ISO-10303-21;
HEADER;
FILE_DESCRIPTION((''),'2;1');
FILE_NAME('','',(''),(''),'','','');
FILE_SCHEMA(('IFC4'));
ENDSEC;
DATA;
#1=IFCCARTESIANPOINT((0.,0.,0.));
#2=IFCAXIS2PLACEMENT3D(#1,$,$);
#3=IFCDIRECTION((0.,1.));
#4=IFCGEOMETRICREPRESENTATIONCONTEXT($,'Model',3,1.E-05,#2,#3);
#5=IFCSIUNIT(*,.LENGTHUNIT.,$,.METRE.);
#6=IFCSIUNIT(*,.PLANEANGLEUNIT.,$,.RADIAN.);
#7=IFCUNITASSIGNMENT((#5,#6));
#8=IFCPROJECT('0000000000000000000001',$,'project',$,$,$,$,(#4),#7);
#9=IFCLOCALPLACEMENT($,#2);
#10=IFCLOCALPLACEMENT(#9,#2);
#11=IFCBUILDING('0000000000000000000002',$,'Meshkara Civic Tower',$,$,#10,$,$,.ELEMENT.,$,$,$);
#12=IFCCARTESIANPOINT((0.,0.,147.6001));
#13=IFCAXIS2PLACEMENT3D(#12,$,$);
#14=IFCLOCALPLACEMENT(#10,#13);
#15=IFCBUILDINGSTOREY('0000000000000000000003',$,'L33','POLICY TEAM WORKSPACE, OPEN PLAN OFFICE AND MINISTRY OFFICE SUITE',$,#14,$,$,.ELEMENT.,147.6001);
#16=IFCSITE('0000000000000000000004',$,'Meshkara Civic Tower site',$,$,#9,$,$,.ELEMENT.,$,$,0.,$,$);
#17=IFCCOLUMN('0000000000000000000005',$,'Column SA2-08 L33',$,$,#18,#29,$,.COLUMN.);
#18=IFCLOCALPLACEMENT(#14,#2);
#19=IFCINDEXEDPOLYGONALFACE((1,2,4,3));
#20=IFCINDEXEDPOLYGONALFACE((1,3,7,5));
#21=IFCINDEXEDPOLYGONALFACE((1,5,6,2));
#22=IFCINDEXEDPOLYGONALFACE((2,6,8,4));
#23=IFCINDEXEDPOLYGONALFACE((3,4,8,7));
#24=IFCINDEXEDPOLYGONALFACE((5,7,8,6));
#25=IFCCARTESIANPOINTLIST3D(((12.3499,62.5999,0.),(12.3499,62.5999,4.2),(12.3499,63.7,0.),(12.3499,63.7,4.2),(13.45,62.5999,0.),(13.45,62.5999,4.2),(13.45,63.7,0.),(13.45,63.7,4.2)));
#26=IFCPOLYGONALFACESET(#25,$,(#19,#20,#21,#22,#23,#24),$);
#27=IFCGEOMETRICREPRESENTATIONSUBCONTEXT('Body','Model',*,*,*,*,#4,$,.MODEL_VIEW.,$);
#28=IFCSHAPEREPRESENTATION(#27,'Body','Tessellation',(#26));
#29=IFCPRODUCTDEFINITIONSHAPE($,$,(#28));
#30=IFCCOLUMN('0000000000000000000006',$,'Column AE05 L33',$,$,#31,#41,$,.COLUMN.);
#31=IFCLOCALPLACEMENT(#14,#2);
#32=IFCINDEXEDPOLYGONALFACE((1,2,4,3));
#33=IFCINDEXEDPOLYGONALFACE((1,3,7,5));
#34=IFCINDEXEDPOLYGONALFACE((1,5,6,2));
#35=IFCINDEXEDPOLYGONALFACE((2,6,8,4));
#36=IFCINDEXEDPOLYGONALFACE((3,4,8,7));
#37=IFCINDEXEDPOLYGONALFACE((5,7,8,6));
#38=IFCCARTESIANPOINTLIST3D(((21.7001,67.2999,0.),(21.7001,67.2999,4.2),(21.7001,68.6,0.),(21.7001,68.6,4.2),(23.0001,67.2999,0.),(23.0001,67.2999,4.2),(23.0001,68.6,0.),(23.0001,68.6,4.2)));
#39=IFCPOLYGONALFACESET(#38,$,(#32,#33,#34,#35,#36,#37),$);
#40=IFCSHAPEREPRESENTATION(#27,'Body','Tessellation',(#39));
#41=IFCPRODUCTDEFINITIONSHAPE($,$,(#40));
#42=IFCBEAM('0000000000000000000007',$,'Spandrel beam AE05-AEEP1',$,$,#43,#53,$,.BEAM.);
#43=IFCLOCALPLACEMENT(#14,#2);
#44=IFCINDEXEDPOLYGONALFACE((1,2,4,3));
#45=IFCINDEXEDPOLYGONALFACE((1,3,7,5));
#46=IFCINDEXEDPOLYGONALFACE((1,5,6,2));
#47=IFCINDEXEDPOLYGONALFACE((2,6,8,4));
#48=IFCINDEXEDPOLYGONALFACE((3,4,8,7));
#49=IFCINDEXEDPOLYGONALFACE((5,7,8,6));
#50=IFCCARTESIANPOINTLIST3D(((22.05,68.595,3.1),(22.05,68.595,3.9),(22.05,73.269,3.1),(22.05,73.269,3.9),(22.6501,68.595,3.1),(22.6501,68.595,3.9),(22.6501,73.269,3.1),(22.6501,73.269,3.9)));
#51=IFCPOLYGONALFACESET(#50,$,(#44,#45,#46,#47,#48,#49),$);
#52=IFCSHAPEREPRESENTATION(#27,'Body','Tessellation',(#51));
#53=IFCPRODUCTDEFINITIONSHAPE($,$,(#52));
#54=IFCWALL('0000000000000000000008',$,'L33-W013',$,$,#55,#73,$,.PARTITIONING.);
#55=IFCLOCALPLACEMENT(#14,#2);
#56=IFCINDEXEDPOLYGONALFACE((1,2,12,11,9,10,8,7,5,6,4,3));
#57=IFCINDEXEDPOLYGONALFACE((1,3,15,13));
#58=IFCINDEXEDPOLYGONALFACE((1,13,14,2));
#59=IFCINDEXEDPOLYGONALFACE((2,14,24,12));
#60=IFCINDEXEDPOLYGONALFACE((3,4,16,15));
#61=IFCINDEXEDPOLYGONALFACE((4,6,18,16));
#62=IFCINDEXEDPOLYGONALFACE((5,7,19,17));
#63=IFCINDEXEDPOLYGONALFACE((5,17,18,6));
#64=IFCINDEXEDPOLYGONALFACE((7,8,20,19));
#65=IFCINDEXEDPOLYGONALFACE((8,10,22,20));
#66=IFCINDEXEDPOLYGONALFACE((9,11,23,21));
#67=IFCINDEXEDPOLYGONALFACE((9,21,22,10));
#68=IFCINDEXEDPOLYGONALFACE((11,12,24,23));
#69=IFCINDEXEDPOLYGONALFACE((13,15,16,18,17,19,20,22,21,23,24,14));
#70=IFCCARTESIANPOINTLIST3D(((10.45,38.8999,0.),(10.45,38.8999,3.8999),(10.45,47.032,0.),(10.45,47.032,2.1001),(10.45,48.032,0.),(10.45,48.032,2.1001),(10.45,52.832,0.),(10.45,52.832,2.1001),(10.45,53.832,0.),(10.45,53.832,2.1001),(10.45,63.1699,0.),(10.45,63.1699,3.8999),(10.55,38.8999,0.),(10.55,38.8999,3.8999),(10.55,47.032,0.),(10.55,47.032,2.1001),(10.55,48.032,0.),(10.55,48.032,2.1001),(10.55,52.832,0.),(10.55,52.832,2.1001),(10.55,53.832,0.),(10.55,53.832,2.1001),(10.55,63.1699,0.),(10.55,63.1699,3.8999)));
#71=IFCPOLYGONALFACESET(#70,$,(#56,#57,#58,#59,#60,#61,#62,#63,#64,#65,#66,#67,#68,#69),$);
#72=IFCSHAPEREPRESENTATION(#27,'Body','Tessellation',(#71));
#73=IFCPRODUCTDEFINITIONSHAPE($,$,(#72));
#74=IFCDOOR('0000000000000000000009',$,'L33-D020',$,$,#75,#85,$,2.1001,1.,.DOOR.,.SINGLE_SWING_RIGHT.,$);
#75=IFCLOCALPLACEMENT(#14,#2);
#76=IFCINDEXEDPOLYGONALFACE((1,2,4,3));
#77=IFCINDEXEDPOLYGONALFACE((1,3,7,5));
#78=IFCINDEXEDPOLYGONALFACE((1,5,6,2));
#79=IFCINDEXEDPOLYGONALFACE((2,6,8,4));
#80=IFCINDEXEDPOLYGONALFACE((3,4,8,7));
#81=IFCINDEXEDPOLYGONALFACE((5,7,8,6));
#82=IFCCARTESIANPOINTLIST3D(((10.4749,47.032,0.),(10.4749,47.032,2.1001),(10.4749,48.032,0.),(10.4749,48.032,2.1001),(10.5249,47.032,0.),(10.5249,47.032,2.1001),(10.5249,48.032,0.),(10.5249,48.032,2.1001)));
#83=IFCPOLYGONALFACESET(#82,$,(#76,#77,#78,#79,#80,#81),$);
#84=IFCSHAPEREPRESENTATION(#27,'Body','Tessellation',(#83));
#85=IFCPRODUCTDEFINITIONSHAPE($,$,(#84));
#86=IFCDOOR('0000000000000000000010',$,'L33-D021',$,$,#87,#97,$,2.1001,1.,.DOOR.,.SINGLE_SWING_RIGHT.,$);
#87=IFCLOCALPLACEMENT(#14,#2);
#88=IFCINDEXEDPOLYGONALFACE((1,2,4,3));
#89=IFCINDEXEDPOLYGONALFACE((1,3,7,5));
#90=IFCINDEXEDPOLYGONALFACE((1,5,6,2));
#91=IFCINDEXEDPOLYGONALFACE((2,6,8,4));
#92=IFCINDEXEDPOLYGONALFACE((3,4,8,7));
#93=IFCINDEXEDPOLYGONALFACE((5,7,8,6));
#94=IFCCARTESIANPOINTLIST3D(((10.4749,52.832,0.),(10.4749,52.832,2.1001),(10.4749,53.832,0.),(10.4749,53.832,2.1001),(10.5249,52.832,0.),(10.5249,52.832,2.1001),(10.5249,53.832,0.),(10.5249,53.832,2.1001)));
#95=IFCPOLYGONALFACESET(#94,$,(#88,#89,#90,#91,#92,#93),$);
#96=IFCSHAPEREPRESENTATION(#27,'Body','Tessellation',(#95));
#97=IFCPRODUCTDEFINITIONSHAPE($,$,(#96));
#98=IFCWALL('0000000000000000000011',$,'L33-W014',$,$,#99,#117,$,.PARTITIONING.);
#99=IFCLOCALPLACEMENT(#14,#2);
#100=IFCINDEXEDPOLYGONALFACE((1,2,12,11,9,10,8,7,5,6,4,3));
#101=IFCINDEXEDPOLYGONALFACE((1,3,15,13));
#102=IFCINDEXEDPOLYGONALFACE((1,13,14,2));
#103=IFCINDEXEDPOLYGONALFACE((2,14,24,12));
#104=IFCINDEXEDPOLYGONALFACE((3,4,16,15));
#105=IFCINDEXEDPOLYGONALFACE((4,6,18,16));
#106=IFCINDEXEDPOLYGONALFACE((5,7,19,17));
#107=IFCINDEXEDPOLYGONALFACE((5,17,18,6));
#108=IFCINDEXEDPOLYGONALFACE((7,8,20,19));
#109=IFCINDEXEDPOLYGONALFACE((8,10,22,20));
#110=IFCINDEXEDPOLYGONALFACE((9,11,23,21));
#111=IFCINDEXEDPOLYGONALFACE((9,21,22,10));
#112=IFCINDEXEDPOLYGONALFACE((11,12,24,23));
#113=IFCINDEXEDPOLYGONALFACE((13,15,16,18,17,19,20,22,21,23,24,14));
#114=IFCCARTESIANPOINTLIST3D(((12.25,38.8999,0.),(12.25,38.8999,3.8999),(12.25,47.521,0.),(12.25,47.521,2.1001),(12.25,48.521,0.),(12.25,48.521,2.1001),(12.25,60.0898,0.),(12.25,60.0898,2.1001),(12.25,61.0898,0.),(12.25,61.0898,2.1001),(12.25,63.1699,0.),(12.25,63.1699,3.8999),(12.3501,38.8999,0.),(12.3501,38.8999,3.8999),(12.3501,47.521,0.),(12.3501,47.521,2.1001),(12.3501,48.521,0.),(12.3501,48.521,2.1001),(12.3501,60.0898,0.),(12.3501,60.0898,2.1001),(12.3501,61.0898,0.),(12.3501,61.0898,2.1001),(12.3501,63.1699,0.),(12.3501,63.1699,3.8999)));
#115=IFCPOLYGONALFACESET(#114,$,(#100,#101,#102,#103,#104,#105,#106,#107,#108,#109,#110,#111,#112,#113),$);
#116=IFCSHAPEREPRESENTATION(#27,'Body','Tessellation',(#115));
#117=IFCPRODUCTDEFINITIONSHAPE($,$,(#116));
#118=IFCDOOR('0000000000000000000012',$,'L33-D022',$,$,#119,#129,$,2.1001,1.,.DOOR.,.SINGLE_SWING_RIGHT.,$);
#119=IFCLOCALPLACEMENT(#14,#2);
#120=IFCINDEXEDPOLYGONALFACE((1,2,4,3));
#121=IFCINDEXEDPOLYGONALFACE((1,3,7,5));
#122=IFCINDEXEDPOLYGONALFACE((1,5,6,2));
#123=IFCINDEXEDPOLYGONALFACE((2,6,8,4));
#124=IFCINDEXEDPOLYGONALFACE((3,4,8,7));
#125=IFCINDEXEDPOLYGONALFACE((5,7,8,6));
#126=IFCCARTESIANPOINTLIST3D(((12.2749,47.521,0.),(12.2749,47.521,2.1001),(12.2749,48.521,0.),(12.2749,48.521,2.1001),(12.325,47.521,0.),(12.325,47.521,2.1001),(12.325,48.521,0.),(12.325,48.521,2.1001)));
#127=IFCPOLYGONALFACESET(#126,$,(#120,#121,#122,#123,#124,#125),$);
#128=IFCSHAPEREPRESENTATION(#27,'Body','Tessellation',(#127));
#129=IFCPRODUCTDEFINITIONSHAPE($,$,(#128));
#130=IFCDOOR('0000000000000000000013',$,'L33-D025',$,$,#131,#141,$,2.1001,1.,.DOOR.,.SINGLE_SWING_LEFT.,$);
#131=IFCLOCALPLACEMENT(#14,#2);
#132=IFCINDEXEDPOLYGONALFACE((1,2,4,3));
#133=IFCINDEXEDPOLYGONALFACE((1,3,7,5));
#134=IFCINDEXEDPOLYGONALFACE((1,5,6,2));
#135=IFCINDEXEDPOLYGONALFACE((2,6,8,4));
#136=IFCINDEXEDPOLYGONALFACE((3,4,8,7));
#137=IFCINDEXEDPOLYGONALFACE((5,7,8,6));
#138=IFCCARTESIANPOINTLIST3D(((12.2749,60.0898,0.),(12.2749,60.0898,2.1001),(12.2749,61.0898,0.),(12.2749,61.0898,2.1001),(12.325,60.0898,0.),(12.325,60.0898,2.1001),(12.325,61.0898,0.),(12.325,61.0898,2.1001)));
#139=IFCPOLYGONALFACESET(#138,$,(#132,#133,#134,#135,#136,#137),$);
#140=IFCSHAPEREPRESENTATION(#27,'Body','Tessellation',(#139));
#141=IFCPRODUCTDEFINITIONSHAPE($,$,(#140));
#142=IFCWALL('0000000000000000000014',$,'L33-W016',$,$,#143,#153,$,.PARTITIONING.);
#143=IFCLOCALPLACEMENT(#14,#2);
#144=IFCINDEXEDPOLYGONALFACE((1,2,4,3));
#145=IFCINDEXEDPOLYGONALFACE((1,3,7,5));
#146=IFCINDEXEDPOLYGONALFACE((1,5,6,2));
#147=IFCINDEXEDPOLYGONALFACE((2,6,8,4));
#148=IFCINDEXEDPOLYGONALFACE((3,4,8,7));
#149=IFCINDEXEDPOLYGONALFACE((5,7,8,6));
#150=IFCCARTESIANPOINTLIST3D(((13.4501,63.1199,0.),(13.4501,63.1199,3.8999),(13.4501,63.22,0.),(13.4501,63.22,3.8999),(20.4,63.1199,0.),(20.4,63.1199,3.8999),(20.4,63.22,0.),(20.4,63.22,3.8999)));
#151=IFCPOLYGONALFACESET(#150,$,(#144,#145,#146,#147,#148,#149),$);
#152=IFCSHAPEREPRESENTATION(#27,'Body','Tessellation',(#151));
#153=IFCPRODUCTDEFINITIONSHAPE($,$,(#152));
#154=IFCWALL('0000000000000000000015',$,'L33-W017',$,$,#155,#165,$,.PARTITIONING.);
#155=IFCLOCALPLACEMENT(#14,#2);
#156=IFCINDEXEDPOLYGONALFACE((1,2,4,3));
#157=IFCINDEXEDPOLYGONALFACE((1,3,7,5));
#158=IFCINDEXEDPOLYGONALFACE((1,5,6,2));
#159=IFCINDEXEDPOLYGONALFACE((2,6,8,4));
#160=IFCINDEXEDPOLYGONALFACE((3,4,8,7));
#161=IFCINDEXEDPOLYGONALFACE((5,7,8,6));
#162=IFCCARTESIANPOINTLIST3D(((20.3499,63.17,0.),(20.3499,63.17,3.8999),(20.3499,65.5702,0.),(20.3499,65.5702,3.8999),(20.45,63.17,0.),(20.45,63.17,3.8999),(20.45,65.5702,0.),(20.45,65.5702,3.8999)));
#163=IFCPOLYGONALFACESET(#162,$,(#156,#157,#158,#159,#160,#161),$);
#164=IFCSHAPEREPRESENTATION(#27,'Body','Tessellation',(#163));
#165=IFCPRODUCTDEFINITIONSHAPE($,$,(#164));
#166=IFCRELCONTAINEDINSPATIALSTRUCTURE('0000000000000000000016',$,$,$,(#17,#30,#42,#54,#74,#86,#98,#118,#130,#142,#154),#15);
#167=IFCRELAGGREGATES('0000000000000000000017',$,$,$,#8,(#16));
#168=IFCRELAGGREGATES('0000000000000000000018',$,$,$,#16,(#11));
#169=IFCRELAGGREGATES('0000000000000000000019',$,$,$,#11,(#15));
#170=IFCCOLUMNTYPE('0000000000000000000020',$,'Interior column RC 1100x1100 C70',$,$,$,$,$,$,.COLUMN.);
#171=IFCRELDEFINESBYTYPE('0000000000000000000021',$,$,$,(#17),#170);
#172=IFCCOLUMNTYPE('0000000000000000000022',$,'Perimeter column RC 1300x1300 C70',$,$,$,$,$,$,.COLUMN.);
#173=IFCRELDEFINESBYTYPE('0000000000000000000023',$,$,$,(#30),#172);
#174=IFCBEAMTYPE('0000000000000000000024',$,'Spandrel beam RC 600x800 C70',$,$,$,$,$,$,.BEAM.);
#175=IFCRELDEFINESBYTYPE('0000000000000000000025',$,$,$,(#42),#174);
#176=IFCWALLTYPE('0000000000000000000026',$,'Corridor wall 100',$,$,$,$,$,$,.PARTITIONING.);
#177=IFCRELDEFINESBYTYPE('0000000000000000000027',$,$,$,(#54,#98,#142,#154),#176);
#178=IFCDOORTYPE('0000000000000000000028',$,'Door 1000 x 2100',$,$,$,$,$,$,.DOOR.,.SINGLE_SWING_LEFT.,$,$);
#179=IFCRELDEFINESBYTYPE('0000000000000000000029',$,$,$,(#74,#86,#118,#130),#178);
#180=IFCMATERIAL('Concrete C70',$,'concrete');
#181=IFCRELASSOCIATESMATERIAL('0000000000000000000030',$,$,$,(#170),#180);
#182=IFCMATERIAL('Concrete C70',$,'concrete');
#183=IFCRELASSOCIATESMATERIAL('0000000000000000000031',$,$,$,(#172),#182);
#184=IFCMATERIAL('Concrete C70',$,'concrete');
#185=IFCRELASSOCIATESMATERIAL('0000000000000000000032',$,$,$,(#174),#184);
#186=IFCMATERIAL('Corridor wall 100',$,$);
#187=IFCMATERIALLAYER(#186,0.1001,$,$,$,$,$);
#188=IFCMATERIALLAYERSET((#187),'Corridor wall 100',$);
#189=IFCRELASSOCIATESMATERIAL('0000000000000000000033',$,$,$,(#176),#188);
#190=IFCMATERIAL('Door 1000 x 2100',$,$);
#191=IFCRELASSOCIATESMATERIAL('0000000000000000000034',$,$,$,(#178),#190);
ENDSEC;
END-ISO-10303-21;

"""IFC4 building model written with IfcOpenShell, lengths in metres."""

from ifc_helpers import new_model, si_unit, direction, frame, frame_2d, origin, origin_2d, place, context, subcontext, project, spatial, rectangle, extrude, material, layer, layer_set, material_profile, profile_set, type_object, element, fill, save


model = new_model("IFC4")

# Units and contexts
model_context = context("Model", 3, precision=1e-05, world=origin(), true_north=direction((0.0, 1.0)))
body_context = subcontext(model_context, "Body", "Model", "MODEL_VIEW")
ifc_project = project(units=[si_unit("LENGTHUNIT", "METRE"), si_unit("PLANEANGLEUNIT", "RADIAN")], contexts=[model_context])

# Site, building, storey
site_placement = place(None, origin())
site = spatial("IfcSite", under=ifc_project, at=site_placement, Name="Meshkara Civic Tower site", CompositionType="ELEMENT", RefElevation=0.0)
building_placement = place(site_placement, origin())
building = spatial("IfcBuilding", under=site, at=building_placement, Name="Meshkara Civic Tower", CompositionType="ELEMENT")
storey_placement = place(building_placement, frame((0.0, 0.0, 147.6001)))
storey = spatial("IfcBuildingStorey", under=building, at=storey_placement, Name="L33", Description="POLICY TEAM WORKSPACE, OPEN PLAN OFFICE AND MINISTRY OFFICE SUITE", CompositionType="ELEMENT", Elevation=147.6001)

# Columns
ifc_material_1 = material(Name="Concrete C70", Category="concrete")
ifc_material_profile_1 = material_profile(ifc_material_1, rectangle(XDim=1.1001, YDim=1.1001, at=origin_2d()))
ifc_profile_set_1 = profile_set([ifc_material_profile_1], Name="Concrete C70")
column_type_1 = type_object("IfcColumnType", Name="Interior column RC 1100x1100 C70", PredefinedType="COLUMN", material=ifc_profile_set_1)
column_1_placement = place(storey_placement, frame((12.8999, 63.1499, 0.0), z_axis=(0.0, 0.0, 1.0), x_axis=(1.0, 0.0, 0.0)))
element("IfcColumn", 1, at=column_1_placement, inside=storey, type_object=column_type_1, Name="Column SA2-08 L33", PredefinedType="COLUMN", context=body_context, shape_type="SweptSolid", body=[
    extrude(rectangle(XDim=1.1001, YDim=1.1001, at=origin_2d()), origin(), (0.0, 0.0, 1.0), 4.2),
])
ifc_material_2 = material(Name="Concrete C70", Category="concrete")
ifc_material_profile_2 = material_profile(ifc_material_2, rectangle(XDim=1.3, YDim=1.3, at=origin_2d()))
ifc_profile_set_2 = profile_set([ifc_material_profile_2], Name="Concrete C70")
column_type_2 = type_object("IfcColumnType", Name="Perimeter column RC 1300x1300 C70", PredefinedType="COLUMN", material=ifc_profile_set_2)
column_2_placement = place(storey_placement, frame((22.3501, 67.95, 0.0), z_axis=(0.0, 0.0, 1.0), x_axis=(1.0, 0.0, 0.0)))
element("IfcColumn", 2, at=column_2_placement, inside=storey, type_object=column_type_2, Name="Column AE05 L33", PredefinedType="COLUMN", context=body_context, shape_type="SweptSolid", body=[
    extrude(rectangle(XDim=1.3, YDim=1.3, at=origin_2d()), origin(), (0.0, 0.0, 1.0), 4.2),
])

# Beam
ifc_material_3 = material(Name="Concrete C70", Category="concrete")
ifc_material_profile_3 = material_profile(ifc_material_3, rectangle(XDim=0.6001, YDim=0.8, at=origin_2d()))
ifc_profile_set_3 = profile_set([ifc_material_profile_3], Name="Concrete C70")
beam_type = type_object("IfcBeamType", Name="Spandrel beam RC 600x800 C70", PredefinedType="BEAM", material=ifc_profile_set_3)
beam_placement = place(storey_placement, frame((22.3501, 68.595, 3.5), z_axis=(0.0, 1.0, 0.0), x_axis=(-1.0, 0.0, 0.0)))
element("IfcBeam", 3, at=beam_placement, inside=storey, type_object=beam_type, Name="Spandrel beam AE05-AEEP1", PredefinedType="BEAM", context=body_context, shape_type="SweptSolid", body=[
    extrude(rectangle(XDim=0.6001, YDim=0.8, at=origin_2d()), origin(), (0.0, 0.0, 1.0), 4.6741),
])

# Walls, openings, doors
ifc_material_4 = material(Name="Corridor wall 100")
ifc_layer_1 = layer(ifc_material_4, 0.1001)
ifc_layer_set_1 = layer_set([ifc_layer_1], Name="Corridor wall 100")
wall_type_1 = type_object("IfcWallType", Name="Corridor wall 100", PredefinedType="PARTITIONING", material=ifc_layer_set_1)
wall_1_placement = place(storey_placement, frame((10.5, 63.1699, 0.0), z_axis=(0.0, 0.0, 1.0), x_axis=(0.0, -1.0, 0.0)))
wall_1 = element("IfcWall", 4, at=wall_1_placement, inside=storey, type_object=wall_type_1, Name="L33-W013", PredefinedType="PARTITIONING", context=body_context, shape_type="SweptSolid", body=[
    extrude(rectangle(XDim=24.27, YDim=0.1001, at=frame_2d((12.135, 0.0))), origin(), (0.0, 0.0, 1.0), 3.8999),
])
opening_1_placement = place(wall_1_placement, frame((15.1379, 0.0, 0.0)))
opening_1 = element("IfcOpeningElement", 5, at=opening_1_placement, cuts=wall_1, PredefinedType="OPENING", context=body_context, shape_type="SweptSolid", body=[
    extrude(rectangle(XDim=1.0, YDim=2.1001, at=frame_2d((0.5, 1.05))), frame((0.0, 0.0601, 0.0), z_axis=(0.0, -1.0, 0.0), x_axis=(1.0, 0.0, 0.0)), (0.0, 0.0, 1.0), 0.1201),
])
opening_2_placement = place(wall_1_placement, frame((9.3379, 0.0, 0.0)))
opening_2 = element("IfcOpeningElement", 6, at=opening_2_placement, cuts=wall_1, PredefinedType="OPENING", context=body_context, shape_type="SweptSolid", body=[
    extrude(rectangle(XDim=1.0, YDim=2.1001, at=frame_2d((0.5, 1.05))), frame((0.0, 0.0601, 0.0), z_axis=(0.0, -1.0, 0.0), x_axis=(1.0, 0.0, 0.0)), (0.0, 0.0, 1.0), 0.1201),
])
ifc_material_5 = material(Name="Door 1000 x 2100")
door_type_1 = type_object("IfcDoorType", Name="Door 1000 x 2100", OperationType="SINGLE_SWING_LEFT", PredefinedType="DOOR", material=ifc_material_5)
door_1_placement = place(opening_1_placement, origin())
door_1 = element("IfcDoor", 7, at=door_1_placement, inside=storey, type_object=door_type_1, Name="L33-D020", OperationType="SINGLE_SWING_RIGHT", OverallHeight=2.1001, OverallWidth=1.0, PredefinedType="DOOR", context=body_context, shape_type="SweptSolid", body=[
    extrude(rectangle(XDim=1.0, YDim=2.1001, at=frame_2d((0.5, 1.05))), frame((0.0, 0.0249, 0.0), z_axis=(0.0, -1.0, 0.0), x_axis=(1.0, 0.0, 0.0)), (0.0, 0.0, 1.0), 0.05),
])
fill(opening_1, door_1)
door_2_placement = place(opening_2_placement, origin())
door_2 = element("IfcDoor", 8, at=door_2_placement, inside=storey, type_object=door_type_1, Name="L33-D021", OperationType="SINGLE_SWING_RIGHT", OverallHeight=2.1001, OverallWidth=1.0, PredefinedType="DOOR", context=body_context, shape_type="SweptSolid", body=[
    extrude(rectangle(XDim=1.0, YDim=2.1001, at=frame_2d((0.5, 1.05))), frame((0.0, 0.0249, 0.0), z_axis=(0.0, -1.0, 0.0), x_axis=(1.0, 0.0, 0.0)), (0.0, 0.0, 1.0), 0.05),
])
fill(opening_2, door_2)
wall_2_placement = place(storey_placement, frame((12.3, 63.1699, 0.0), z_axis=(0.0, 0.0, 1.0), x_axis=(0.0, -1.0, 0.0)))
wall_2 = element("IfcWall", 9, at=wall_2_placement, inside=storey, type_object=wall_type_1, Name="L33-W014", PredefinedType="PARTITIONING", context=body_context, shape_type="SweptSolid", body=[
    extrude(rectangle(XDim=24.27, YDim=0.1001, at=frame_2d((12.135, 0.0))), origin(), (0.0, 0.0, 1.0), 3.8999),
])
opening_3_placement = place(wall_2_placement, frame((14.6489, 0.0, 0.0)))
opening_3 = element("IfcOpeningElement", 10, at=opening_3_placement, cuts=wall_2, PredefinedType="OPENING", context=body_context, shape_type="SweptSolid", body=[
    extrude(rectangle(XDim=1.0, YDim=2.1001, at=frame_2d((0.5, 1.05))), frame((0.0, 0.0601, 0.0), z_axis=(0.0, -1.0, 0.0), x_axis=(1.0, 0.0, 0.0)), (0.0, 0.0, 1.0), 0.1201),
])
opening_4_placement = place(wall_2_placement, frame((2.0801, 0.0, 0.0)))
opening_4 = element("IfcOpeningElement", 11, at=opening_4_placement, cuts=wall_2, PredefinedType="OPENING", context=body_context, shape_type="SweptSolid", body=[
    extrude(rectangle(XDim=1.0, YDim=2.1001, at=frame_2d((0.5, 1.05))), frame((0.0, 0.0601, 0.0), z_axis=(0.0, -1.0, 0.0), x_axis=(1.0, 0.0, 0.0)), (0.0, 0.0, 1.0), 0.1201),
])
door_3_placement = place(opening_3_placement, origin())
door_3 = element("IfcDoor", 12, at=door_3_placement, inside=storey, type_object=door_type_1, Name="L33-D022", OperationType="SINGLE_SWING_RIGHT", OverallHeight=2.1001, OverallWidth=1.0, PredefinedType="DOOR", context=body_context, shape_type="SweptSolid", body=[
    extrude(rectangle(XDim=1.0, YDim=2.1001, at=frame_2d((0.5, 1.05))), frame((0.0, 0.0249, 0.0), z_axis=(0.0, -1.0, 0.0), x_axis=(1.0, 0.0, 0.0)), (0.0, 0.0, 1.0), 0.05),
])
fill(opening_3, door_3)
door_4_placement = place(opening_4_placement, origin())
door_4 = element("IfcDoor", 13, at=door_4_placement, inside=storey, type_object=door_type_1, Name="L33-D025", OperationType="SINGLE_SWING_LEFT", OverallHeight=2.1001, OverallWidth=1.0, PredefinedType="DOOR", context=body_context, shape_type="SweptSolid", body=[
    extrude(rectangle(XDim=1.0, YDim=2.1001, at=frame_2d((0.5, 1.05))), frame((0.0, 0.0249, 0.0), z_axis=(0.0, -1.0, 0.0), x_axis=(1.0, 0.0, 0.0)), (0.0, 0.0, 1.0), 0.05),
])
fill(opening_4, door_4)

# Walls
wall_3_placement = place(storey_placement, frame((13.45, 63.1699, 0.0), z_axis=(0.0, 0.0, 1.0), x_axis=(1.0, 0.0, 0.0)))
element("IfcWall", 14, at=wall_3_placement, inside=storey, type_object=wall_type_1, Name="L33-W016", PredefinedType="PARTITIONING", context=body_context, shape_type="SweptSolid", body=[
    extrude(rectangle(XDim=6.95, YDim=0.1001, at=frame_2d((3.4751, 0.0))), origin(), (0.0, 0.0, 1.0), 3.8999),
])
wall_4_placement = place(storey_placement, frame((20.3999, 63.1699, 0.0), z_axis=(0.0, 0.0, 1.0), x_axis=(0.0, 1.0, 0.0)))
element("IfcWall", 15, at=wall_4_placement, inside=storey, type_object=wall_type_1, Name="L33-W017", PredefinedType="PARTITIONING", context=body_context, shape_type="SweptSolid", body=[
    extrude(rectangle(XDim=2.4001, YDim=0.1001, at=frame_2d((1.2002, 0.0))), origin(), (0.0, 0.0, 1.0), 3.8999),
])

save(model, "model.ifc")
